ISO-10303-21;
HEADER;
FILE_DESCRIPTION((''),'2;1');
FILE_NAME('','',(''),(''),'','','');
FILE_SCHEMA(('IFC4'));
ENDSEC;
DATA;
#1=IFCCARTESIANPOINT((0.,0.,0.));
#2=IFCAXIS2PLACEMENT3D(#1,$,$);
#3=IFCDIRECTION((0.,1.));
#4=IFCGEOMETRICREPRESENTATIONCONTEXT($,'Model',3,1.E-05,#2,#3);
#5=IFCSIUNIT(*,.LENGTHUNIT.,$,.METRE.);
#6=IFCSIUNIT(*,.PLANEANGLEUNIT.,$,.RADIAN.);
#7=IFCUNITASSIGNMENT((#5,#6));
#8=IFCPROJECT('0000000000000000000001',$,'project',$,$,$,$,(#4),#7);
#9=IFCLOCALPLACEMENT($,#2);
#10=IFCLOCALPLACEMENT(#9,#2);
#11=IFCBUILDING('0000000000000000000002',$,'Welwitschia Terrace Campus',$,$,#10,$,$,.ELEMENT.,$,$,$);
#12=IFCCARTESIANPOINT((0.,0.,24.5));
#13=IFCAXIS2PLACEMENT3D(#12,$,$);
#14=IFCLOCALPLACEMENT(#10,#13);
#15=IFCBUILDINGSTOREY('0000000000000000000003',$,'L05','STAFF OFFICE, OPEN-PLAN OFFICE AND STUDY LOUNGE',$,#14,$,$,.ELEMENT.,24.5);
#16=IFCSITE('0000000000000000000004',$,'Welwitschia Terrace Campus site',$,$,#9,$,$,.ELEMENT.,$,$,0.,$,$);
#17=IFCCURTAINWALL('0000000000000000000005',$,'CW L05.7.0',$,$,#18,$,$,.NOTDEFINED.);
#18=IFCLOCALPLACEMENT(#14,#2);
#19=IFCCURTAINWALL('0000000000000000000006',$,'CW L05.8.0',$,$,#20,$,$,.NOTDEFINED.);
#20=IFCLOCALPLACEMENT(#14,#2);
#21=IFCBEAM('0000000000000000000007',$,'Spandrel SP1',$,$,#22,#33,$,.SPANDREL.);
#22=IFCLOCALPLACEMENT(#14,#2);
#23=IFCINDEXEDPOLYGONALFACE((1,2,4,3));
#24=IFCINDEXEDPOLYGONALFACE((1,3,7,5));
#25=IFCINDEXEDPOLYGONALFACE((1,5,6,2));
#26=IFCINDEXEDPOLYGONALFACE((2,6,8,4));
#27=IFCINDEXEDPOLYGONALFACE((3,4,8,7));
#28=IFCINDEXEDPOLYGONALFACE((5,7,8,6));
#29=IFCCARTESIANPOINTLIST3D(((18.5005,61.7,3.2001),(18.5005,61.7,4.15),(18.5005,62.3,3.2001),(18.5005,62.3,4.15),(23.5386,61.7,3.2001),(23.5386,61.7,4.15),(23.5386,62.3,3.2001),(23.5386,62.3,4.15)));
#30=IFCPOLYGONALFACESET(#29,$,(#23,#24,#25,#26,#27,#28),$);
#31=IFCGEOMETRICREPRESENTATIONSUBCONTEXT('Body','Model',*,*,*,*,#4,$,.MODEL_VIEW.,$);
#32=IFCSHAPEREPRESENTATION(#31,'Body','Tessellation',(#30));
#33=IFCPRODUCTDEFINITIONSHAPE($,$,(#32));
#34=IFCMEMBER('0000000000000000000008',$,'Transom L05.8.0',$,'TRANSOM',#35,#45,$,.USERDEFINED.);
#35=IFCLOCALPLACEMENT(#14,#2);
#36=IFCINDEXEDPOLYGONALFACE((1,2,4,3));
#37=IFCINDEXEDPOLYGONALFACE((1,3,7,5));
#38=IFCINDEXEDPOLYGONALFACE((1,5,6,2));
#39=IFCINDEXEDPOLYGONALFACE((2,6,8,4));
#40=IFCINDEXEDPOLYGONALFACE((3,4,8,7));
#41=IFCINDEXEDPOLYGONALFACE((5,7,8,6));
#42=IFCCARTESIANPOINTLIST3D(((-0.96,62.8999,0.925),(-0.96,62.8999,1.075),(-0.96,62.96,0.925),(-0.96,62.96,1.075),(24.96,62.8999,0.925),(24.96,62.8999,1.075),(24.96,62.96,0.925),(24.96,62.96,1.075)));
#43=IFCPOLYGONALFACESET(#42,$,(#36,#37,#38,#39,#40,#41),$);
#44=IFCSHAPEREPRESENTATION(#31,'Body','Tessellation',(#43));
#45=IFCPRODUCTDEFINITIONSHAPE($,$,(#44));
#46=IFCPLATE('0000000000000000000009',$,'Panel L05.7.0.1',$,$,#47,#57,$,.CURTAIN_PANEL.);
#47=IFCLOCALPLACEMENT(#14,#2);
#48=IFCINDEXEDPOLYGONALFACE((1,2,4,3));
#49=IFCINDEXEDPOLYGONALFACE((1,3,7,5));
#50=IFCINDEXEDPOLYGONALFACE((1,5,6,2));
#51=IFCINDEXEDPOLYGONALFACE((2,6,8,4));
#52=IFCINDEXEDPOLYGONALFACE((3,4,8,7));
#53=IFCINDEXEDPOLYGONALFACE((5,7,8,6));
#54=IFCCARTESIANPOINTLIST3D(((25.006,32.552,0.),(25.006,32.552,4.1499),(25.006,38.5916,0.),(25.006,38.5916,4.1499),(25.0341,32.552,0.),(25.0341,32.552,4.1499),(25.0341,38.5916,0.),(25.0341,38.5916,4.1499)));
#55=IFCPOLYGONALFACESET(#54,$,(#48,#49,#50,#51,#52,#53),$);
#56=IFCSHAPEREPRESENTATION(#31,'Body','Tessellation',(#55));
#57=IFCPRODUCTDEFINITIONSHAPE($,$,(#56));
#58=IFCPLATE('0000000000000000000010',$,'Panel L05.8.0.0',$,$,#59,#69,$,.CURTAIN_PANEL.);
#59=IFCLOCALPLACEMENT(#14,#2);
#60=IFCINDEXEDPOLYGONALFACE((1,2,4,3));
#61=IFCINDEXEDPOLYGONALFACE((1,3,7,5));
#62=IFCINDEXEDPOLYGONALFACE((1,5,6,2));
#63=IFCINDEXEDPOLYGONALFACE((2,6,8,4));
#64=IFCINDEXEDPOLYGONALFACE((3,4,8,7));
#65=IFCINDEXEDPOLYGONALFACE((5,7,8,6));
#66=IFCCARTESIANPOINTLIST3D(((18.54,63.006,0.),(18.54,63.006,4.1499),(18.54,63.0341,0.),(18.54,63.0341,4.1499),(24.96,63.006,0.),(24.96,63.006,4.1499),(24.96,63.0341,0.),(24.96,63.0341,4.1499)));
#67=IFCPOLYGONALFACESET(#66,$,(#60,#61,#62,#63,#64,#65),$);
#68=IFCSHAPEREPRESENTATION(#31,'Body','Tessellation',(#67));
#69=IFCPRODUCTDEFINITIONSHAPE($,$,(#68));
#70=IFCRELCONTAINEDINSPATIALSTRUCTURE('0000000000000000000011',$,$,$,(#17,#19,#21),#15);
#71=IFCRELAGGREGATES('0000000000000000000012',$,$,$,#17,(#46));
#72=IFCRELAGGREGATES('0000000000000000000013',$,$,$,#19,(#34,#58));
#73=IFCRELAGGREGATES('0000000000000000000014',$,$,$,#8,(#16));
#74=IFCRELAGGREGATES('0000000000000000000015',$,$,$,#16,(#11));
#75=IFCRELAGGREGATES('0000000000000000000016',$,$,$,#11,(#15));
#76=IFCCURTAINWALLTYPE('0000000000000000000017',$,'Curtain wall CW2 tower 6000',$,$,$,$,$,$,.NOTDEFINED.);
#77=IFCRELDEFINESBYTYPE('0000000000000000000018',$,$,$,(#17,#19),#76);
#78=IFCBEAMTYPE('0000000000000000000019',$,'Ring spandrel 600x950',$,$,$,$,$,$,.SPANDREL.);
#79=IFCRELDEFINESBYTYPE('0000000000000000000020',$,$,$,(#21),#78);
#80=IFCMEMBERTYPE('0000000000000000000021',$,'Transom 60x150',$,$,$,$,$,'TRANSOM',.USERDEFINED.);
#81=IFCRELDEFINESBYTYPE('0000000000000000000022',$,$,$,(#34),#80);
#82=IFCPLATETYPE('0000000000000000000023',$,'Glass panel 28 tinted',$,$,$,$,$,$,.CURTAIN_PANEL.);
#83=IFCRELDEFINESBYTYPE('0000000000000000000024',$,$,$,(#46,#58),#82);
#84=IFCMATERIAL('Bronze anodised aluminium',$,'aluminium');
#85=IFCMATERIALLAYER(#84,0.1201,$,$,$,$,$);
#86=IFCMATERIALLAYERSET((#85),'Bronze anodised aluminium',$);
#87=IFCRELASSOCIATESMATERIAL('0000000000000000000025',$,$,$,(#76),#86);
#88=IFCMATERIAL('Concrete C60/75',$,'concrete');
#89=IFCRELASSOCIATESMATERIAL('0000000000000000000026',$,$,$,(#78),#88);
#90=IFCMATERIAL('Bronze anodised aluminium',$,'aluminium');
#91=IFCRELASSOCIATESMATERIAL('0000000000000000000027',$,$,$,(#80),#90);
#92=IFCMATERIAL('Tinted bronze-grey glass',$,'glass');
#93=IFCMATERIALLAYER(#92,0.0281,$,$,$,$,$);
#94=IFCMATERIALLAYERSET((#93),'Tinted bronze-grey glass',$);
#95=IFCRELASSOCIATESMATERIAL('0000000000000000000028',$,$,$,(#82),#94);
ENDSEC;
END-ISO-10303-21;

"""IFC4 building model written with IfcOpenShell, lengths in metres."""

from ifc_helpers import new_model, si_unit, direction, frame, origin, origin_2d, place, context, subcontext, project, spatial, rectangle, extrude, material, layer, layer_set, material_profile, profile_set, type_object, element, aggregate, save


model = new_model("IFC4")

# Units and contexts
model_context = context("Model", 3, precision=1e-05, world=origin(), true_north=direction((0.0, 1.0)))
body_context = subcontext(model_context, "Body", "Model", "MODEL_VIEW")
ifc_project = project(units=[si_unit("LENGTHUNIT", "METRE"), si_unit("PLANEANGLEUNIT", "RADIAN")], contexts=[model_context])

# Site, building, storey
site_placement = place(None, origin())
site = spatial("IfcSite", under=ifc_project, at=site_placement, Name="Welwitschia Terrace Campus site", CompositionType="ELEMENT", RefElevation=0.0)
building_placement = place(site_placement, origin())
building = spatial("IfcBuilding", under=site, at=building_placement, Name="Welwitschia Terrace Campus", CompositionType="ELEMENT")
storey_placement = place(building_placement, frame((0.0, 0.0, 24.5)))
storey = spatial("IfcBuildingStorey", under=building, at=storey_placement, Name="L05", Description="STAFF OFFICE, OPEN-PLAN OFFICE AND STUDY LOUNGE", CompositionType="ELEMENT", Elevation=24.5)

# Curtain walls
ifc_material_1 = material(Name="Bronze anodised aluminium", Category="aluminium")
ifc_layer_1 = layer(ifc_material_1, 0.1201)
ifc_layer_set_1 = layer_set([ifc_layer_1], Name="Bronze anodised aluminium")
curtain_wall_type = type_object("IfcCurtainWallType", Name="Curtain wall CW2 tower 6000", PredefinedType="NOTDEFINED", material=ifc_layer_set_1)
curtain_wall_1_placement = place(storey_placement, origin())
curtain_wall_1 = element("IfcCurtainWall", 1, at=curtain_wall_1_placement, inside=storey, type_object=curtain_wall_type, Name="CW L05.7.0", PredefinedType="NOTDEFINED")
curtain_wall_2_placement = place(storey_placement, origin())
curtain_wall_2 = element("IfcCurtainWall", 2, at=curtain_wall_2_placement, inside=storey, type_object=curtain_wall_type, Name="CW L05.8.0", PredefinedType="NOTDEFINED")

# Beam
ifc_material_2 = material(Name="Concrete C60/75", Category="concrete")
ifc_material_profile_1 = material_profile(ifc_material_2, rectangle(XDim=0.6001, YDim=0.95, at=origin_2d()))
ifc_profile_set_1 = profile_set([ifc_material_profile_1], Name="Concrete C60/75")
beam_type_1 = type_object("IfcBeamType", Name="Ring spandrel 600x950", PredefinedType="SPANDREL", material=ifc_profile_set_1)
for number, where, z_axis, x_axis, name in (
    (3, (23.5386, 62.0, 3.675), (-1.0, 0.0, 0.0), (0.0, -1.0, 0.0), "Spandrel SP1"),
):
    element("IfcBeam", number, at=place(storey_placement, frame(where, z_axis=z_axis, x_axis=x_axis)), inside=storey, type_object=beam_type_1, Name=name, PredefinedType="SPANDREL", context=body_context, shape_type="SweptSolid", body=[
        extrude(rectangle(XDim=0.6001, YDim=0.95, at=origin_2d()), origin(), (0.0, 0.0, 1.0), 5.0381),
    ])

# Member
ifc_material_3 = material(Name="Bronze anodised aluminium", Category="aluminium")
ifc_material_profile_2 = material_profile(ifc_material_3, rectangle(XDim=0.0601, YDim=0.1499, at=origin_2d()))
ifc_profile_set_2 = profile_set([ifc_material_profile_2], Name="Bronze anodised aluminium")
member_type_1 = type_object("IfcMemberType", Name="Transom 60x150", ElementType="TRANSOM", PredefinedType="USERDEFINED", material=ifc_profile_set_2)
member_1_placement = place(storey_placement, frame((24.96, 62.9299, 1.0), z_axis=(-1.0, 0.0, 0.0), x_axis=(0.0, -1.0, 0.0)))
member_1 = element("IfcMember", 4, at=member_1_placement, type_object=member_type_1, Name="Transom L05.8.0", ObjectType="TRANSOM", PredefinedType="USERDEFINED", context=body_context, shape_type="SweptSolid", body=[
    extrude(rectangle(XDim=0.0601, YDim=0.1499, at=origin_2d()), origin(), (0.0, 0.0, 1.0), 25.9199),
])

# Plates
ifc_material_4 = material(Name="Tinted bronze-grey glass", Category="glass")
ifc_layer_2 = layer(ifc_material_4, 0.0281)
ifc_layer_set_2 = layer_set([ifc_layer_2], Name="Tinted bronze-grey glass")
plate_type = type_object("IfcPlateType", Name="Glass panel 28 tinted", PredefinedType="CURTAIN_PANEL", material=ifc_layer_set_2)
plate_1_placement = place(storey_placement, frame((25.02, 35.5718, 0.0), z_axis=(0.0, 0.0, 1.0), x_axis=(0.0, 1.0, 0.0)))
plate_1 = element("IfcPlate", 5, at=plate_1_placement, type_object=plate_type, Name="Panel L05.7.0.1", PredefinedType="CURTAIN_PANEL", context=body_context, shape_type="SweptSolid", body=[
    extrude(rectangle(XDim=6.0396, YDim=0.0281, at=origin_2d()), origin(), (0.0, 0.0, 1.0), 4.1499),
])
aggregate(curtain_wall_1, [plate_1])
plate_2_placement = place(storey_placement, frame((21.75, 63.02, 0.0), z_axis=(0.0, 0.0, 1.0), x_axis=(-1.0, 0.0, 0.0)))
plate_2 = element("IfcPlate", 6, at=plate_2_placement, type_object=plate_type, Name="Panel L05.8.0.0", PredefinedType="CURTAIN_PANEL", context=body_context, shape_type="SweptSolid", body=[
    extrude(rectangle(XDim=6.4199, YDim=0.0281, at=origin_2d()), origin(), (0.0, 0.0, 1.0), 4.1499),
])
aggregate(curtain_wall_2, [member_1, plate_2])

save(model, "model.ifc")
